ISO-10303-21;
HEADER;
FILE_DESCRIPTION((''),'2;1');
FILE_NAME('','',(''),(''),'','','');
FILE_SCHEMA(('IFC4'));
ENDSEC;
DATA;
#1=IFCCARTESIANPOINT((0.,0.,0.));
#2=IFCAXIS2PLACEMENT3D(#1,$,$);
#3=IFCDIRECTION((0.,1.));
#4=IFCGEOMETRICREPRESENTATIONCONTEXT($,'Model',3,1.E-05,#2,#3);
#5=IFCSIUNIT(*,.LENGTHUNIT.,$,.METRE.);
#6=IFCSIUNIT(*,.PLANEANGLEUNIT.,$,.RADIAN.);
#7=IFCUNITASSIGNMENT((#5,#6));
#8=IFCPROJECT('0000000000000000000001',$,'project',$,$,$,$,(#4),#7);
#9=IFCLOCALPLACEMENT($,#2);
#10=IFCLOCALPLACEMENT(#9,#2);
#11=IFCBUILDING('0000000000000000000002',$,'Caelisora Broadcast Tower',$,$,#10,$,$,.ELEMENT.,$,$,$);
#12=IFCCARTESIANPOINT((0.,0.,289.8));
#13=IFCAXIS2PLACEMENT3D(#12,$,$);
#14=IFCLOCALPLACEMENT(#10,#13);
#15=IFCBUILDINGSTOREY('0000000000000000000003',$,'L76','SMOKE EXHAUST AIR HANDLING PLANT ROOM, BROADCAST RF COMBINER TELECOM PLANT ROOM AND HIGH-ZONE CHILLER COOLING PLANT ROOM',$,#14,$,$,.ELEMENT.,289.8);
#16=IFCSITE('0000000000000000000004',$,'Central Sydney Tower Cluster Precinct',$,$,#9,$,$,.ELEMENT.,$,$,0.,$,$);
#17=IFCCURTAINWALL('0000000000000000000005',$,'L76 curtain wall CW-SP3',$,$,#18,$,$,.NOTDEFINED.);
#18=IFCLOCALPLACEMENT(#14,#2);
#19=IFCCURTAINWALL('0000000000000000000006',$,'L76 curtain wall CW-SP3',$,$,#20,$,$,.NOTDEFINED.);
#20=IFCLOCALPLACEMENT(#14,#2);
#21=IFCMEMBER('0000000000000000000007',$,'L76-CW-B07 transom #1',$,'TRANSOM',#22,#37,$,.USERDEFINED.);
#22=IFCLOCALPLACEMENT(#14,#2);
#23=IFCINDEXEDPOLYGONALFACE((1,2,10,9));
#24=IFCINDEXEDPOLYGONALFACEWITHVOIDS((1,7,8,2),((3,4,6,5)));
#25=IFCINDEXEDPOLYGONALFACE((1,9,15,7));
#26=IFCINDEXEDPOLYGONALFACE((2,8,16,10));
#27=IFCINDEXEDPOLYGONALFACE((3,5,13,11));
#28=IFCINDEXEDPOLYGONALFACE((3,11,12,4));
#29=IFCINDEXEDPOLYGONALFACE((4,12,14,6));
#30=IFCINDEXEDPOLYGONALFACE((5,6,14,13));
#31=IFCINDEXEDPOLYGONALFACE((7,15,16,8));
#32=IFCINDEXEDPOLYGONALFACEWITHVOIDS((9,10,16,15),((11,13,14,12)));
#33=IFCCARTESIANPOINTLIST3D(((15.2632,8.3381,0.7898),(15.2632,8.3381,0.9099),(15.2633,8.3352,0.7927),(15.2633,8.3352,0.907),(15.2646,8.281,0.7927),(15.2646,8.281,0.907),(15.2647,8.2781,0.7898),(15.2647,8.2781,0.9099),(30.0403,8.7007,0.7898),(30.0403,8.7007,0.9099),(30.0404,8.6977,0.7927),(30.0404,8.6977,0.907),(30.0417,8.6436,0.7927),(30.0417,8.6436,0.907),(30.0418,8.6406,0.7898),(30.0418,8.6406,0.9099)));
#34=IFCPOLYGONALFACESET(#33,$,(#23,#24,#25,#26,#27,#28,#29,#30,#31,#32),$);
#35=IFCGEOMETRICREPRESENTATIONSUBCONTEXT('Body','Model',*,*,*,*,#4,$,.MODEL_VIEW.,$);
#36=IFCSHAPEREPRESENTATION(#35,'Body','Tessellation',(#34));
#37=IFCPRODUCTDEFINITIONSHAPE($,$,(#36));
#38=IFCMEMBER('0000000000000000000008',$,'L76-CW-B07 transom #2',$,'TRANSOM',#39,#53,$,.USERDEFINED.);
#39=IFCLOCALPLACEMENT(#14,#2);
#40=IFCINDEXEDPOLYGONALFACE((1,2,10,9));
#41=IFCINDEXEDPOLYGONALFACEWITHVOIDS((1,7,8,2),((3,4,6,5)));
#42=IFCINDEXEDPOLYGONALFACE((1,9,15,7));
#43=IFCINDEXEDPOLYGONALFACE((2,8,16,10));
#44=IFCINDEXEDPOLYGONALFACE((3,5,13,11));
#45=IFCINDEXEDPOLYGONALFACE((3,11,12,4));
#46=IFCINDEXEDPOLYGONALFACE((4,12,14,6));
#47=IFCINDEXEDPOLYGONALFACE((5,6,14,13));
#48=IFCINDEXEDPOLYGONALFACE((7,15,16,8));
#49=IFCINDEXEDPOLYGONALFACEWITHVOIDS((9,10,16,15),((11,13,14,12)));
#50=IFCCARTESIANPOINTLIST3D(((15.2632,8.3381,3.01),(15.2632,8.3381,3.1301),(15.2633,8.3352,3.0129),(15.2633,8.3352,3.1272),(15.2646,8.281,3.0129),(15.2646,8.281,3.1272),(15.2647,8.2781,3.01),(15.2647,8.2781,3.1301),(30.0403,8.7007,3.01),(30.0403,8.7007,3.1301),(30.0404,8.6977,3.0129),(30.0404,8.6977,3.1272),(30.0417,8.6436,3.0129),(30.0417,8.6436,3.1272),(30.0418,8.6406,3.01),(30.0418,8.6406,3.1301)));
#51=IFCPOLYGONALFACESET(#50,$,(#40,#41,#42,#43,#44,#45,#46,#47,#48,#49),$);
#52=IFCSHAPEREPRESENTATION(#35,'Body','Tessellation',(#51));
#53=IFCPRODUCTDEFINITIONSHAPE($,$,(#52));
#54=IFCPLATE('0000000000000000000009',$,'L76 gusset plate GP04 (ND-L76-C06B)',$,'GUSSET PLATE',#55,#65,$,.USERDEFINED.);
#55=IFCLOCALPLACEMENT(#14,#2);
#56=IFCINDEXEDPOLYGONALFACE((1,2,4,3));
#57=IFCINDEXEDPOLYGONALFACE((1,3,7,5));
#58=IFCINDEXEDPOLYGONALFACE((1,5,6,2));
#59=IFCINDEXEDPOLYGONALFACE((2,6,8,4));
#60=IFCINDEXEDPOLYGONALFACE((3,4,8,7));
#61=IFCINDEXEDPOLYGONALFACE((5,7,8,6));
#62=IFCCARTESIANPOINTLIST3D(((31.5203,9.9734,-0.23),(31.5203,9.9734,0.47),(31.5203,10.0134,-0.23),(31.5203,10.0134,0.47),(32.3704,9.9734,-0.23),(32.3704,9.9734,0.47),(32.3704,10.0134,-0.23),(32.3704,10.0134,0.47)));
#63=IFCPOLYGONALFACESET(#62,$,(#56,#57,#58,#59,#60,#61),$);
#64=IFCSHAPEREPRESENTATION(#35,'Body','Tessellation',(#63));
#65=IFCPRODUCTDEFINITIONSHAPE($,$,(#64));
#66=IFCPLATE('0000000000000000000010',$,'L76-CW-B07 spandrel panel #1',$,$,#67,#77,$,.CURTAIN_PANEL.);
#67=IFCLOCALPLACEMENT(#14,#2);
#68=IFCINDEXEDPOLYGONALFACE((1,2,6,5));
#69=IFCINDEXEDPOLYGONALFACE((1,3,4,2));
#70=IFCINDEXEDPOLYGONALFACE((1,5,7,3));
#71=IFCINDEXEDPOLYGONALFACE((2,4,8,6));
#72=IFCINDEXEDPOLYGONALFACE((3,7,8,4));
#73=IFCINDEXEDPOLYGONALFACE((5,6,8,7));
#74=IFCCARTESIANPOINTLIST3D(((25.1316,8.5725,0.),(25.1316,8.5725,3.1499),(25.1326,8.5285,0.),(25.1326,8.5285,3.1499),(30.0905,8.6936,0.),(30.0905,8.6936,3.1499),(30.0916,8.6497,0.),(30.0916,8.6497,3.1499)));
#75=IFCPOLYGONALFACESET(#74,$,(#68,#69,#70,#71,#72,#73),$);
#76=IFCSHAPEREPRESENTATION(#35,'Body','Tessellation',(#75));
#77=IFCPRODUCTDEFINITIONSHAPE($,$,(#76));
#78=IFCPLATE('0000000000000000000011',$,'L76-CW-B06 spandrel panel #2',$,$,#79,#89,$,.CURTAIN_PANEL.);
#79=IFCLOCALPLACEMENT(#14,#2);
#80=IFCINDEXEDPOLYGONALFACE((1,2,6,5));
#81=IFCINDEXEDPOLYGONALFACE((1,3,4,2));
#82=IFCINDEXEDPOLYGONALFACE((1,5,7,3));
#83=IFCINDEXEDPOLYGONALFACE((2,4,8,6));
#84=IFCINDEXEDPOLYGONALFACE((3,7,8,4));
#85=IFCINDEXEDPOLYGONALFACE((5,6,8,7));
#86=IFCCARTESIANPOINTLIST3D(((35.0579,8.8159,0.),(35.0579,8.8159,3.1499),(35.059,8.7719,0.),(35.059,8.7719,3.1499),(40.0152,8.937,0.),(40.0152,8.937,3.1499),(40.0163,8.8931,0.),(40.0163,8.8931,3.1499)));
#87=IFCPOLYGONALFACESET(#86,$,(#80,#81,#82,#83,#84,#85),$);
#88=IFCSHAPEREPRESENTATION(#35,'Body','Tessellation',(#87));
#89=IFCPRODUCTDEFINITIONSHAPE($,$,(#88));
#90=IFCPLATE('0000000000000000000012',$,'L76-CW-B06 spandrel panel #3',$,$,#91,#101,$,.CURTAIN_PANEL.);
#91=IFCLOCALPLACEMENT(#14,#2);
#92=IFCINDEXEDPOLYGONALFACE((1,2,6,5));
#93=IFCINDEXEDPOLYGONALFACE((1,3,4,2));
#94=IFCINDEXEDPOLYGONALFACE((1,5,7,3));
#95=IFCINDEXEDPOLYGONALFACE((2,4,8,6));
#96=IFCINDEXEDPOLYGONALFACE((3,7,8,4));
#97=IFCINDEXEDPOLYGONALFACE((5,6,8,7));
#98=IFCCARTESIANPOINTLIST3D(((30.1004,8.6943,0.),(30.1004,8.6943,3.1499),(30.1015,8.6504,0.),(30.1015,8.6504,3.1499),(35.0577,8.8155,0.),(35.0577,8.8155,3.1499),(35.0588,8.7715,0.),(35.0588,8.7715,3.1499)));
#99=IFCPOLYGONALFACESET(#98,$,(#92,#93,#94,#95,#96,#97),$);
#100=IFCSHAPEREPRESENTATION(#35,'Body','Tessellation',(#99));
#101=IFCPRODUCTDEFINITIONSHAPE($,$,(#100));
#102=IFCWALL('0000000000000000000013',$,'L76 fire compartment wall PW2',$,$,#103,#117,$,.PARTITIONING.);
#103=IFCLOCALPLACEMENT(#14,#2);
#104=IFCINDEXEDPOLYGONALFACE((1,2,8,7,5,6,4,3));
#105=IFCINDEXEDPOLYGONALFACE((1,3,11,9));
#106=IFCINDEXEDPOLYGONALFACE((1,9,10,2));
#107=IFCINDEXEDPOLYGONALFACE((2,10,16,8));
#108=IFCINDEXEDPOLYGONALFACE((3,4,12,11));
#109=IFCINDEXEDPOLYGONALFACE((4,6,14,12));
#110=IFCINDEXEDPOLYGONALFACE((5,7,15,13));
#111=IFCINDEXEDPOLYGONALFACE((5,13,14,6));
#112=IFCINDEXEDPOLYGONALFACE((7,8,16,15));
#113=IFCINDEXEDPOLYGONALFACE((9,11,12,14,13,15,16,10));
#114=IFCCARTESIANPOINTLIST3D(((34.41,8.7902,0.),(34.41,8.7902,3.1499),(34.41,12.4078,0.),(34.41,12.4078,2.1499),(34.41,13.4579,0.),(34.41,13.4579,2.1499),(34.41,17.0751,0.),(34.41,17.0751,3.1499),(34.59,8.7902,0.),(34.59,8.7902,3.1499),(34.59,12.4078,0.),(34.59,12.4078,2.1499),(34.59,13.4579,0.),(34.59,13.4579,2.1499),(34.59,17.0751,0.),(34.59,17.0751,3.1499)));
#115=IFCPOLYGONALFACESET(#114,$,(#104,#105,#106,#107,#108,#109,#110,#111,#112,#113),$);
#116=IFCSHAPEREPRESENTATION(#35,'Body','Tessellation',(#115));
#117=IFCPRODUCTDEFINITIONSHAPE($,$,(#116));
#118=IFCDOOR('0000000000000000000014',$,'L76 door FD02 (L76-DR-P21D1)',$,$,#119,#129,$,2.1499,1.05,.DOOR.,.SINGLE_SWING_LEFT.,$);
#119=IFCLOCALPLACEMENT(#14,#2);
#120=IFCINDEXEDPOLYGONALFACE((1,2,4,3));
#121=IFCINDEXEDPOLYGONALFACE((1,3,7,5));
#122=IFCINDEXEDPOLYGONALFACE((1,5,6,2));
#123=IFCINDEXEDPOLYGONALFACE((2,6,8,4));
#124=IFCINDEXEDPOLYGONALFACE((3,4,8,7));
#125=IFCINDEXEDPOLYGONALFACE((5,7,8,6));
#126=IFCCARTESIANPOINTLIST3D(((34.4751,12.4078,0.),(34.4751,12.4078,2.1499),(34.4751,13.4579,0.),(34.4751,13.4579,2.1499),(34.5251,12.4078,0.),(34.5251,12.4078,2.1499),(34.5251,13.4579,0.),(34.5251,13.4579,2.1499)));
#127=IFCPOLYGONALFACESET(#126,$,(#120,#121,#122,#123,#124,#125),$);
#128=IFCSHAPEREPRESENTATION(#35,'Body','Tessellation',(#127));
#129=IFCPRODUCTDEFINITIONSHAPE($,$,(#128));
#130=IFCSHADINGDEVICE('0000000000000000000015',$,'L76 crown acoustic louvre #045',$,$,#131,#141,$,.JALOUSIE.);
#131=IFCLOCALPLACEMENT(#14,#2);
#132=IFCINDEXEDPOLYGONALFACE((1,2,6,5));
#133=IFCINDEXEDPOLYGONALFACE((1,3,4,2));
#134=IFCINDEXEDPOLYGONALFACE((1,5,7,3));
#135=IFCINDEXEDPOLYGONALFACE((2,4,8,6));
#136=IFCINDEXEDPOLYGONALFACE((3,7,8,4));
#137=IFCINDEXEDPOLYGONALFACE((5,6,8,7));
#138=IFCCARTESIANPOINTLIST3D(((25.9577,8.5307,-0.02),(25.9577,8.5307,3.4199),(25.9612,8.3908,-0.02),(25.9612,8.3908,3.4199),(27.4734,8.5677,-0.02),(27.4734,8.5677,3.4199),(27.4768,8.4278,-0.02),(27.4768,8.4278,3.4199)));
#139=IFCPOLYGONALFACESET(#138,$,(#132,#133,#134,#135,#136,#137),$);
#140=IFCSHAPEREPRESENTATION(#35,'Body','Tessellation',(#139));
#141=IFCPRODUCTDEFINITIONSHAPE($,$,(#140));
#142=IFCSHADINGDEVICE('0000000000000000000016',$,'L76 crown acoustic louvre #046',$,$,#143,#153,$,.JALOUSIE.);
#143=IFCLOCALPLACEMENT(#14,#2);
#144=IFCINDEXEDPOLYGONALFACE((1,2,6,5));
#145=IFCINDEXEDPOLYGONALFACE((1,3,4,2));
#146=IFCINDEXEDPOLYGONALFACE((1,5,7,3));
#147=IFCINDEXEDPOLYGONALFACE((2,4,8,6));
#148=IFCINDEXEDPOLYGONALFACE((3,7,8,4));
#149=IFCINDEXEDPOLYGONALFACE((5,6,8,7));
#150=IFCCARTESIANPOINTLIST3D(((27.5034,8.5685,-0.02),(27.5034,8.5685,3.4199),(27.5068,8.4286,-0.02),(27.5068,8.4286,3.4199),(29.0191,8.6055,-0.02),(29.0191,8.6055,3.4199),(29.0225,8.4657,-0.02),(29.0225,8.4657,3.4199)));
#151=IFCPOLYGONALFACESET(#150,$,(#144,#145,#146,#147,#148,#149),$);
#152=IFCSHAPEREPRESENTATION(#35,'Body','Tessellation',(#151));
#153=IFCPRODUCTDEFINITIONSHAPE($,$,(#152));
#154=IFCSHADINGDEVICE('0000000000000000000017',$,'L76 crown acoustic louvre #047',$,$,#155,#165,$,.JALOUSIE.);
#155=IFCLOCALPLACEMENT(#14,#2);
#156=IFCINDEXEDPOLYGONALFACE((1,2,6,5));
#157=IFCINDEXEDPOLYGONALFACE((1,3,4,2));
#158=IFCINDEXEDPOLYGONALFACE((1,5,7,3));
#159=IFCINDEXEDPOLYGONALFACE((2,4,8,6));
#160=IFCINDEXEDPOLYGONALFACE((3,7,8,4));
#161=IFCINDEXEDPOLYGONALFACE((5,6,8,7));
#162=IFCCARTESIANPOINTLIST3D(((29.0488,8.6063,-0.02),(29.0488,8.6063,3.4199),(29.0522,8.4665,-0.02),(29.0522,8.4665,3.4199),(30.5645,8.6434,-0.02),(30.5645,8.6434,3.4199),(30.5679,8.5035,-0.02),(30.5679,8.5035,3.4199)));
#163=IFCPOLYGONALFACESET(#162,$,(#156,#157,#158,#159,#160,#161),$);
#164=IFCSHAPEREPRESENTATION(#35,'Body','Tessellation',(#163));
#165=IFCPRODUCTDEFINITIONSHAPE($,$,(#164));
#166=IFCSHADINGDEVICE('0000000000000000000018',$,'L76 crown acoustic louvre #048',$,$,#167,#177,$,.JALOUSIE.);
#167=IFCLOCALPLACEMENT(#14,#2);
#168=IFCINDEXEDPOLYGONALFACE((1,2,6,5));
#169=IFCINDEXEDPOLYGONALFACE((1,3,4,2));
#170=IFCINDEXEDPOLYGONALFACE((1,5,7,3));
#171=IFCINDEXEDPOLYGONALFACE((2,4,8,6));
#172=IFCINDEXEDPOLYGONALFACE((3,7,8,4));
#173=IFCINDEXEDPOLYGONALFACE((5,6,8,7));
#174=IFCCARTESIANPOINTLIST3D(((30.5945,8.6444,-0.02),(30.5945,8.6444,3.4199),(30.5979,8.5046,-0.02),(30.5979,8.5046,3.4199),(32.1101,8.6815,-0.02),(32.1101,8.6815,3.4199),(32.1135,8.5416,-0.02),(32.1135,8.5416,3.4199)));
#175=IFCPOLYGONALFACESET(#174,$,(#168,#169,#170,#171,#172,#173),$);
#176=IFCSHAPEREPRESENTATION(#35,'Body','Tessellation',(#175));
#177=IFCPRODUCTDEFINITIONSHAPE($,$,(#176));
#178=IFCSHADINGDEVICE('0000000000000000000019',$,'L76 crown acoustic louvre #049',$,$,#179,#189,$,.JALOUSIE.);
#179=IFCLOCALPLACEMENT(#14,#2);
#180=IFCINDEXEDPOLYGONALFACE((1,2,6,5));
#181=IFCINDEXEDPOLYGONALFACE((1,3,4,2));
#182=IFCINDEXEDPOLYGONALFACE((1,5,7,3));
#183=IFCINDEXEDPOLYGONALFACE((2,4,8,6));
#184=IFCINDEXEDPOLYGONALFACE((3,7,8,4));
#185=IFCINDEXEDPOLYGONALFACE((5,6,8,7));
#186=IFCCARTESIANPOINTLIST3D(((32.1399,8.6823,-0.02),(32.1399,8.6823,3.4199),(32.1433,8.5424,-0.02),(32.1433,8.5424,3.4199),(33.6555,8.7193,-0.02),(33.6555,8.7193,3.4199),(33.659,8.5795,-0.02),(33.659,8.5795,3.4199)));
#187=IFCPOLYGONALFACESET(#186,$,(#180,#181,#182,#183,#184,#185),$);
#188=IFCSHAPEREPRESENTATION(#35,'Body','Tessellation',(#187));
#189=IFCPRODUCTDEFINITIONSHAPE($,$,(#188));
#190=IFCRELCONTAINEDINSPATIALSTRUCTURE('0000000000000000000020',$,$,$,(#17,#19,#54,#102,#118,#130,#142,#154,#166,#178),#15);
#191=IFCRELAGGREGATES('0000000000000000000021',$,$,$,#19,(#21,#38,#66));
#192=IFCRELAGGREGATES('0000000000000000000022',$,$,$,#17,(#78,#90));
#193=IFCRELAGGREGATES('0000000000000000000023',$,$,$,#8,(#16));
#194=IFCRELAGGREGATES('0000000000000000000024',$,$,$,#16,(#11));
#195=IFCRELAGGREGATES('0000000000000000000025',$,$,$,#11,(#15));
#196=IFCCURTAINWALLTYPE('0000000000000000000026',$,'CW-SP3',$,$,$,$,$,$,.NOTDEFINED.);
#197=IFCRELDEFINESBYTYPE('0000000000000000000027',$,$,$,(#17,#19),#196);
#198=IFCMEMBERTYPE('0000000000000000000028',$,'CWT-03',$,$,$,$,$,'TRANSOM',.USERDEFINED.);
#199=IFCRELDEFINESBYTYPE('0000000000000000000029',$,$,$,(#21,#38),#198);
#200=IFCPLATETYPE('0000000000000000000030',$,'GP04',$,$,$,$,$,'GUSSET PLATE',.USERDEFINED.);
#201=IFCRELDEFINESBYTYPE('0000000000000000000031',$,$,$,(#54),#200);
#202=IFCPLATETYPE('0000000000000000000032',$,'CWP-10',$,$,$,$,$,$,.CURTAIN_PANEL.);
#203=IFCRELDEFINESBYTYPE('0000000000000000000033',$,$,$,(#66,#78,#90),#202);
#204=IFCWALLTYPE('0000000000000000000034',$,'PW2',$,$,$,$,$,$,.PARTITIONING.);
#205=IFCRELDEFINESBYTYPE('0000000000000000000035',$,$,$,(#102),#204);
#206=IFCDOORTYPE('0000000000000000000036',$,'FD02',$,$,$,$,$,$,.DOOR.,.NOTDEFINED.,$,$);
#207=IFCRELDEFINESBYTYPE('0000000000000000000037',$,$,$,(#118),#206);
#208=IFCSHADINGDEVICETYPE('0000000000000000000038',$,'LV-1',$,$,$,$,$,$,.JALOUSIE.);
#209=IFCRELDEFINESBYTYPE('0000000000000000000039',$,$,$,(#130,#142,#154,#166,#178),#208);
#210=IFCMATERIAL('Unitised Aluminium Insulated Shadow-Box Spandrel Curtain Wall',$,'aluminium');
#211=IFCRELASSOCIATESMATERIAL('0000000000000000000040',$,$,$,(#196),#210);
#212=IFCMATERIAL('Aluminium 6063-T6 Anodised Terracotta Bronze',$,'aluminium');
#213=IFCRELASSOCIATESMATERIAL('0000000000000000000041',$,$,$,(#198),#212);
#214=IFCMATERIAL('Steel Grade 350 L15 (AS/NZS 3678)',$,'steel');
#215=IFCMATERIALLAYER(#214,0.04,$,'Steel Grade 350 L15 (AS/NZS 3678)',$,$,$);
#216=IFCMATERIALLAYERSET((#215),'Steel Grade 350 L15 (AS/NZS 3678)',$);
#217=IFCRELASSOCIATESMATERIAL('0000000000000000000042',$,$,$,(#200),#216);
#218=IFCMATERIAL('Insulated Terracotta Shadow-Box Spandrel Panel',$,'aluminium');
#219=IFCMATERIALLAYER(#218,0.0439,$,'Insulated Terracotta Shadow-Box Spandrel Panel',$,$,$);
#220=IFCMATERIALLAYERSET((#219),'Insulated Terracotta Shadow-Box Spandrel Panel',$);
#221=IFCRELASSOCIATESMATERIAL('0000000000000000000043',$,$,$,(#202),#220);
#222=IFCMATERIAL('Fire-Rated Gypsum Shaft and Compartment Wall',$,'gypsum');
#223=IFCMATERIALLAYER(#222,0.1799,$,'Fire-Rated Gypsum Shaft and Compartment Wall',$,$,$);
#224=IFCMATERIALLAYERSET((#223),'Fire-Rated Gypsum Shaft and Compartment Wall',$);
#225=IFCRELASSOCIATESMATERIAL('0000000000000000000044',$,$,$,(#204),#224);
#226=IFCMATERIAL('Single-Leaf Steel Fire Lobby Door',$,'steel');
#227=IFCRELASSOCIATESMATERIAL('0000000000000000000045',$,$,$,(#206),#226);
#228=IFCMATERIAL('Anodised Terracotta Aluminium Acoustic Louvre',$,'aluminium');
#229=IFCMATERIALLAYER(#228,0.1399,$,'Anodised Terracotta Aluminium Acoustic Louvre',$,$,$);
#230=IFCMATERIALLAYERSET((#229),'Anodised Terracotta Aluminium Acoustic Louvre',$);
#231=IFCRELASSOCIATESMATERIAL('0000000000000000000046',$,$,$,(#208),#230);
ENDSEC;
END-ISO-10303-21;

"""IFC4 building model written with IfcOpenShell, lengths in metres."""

from ifc_helpers import new_model, si_unit, direction, frame, frame_2d, origin, origin_2d, place, context, subcontext, project, spatial, rectangle, hollow_rectangle, extrude, source, transform, mapped, material, layer, layer_set, material_profile, profile_set, type_object, type_shapes, element, fill, aggregate, save


model = new_model("IFC4")

# Units and contexts
model_context = context("Model", 3, precision=1e-05, world=origin(), true_north=direction((0.0, 1.0)))
body_context = subcontext(model_context, "Body", "Model", "MODEL_VIEW")
ifc_project = project(units=[si_unit("LENGTHUNIT", "METRE"), si_unit("PLANEANGLEUNIT", "RADIAN")], contexts=[model_context])

# Site, building, storey
site_placement = place(None, origin())
site = spatial("IfcSite", under=ifc_project, at=site_placement, Name="Central Sydney Tower Cluster Precinct", CompositionType="ELEMENT", RefElevation=0.0)
building_placement = place(site_placement, origin())
building = spatial("IfcBuilding", under=site, at=building_placement, Name="Caelisora Broadcast Tower", CompositionType="ELEMENT")
storey_placement = place(building_placement, frame((0.0, 0.0, 289.8)))
storey = spatial("IfcBuildingStorey", under=building, at=storey_placement, Name="L76", Description="SMOKE EXHAUST AIR HANDLING PLANT ROOM, BROADCAST RF COMBINER TELECOM PLANT ROOM AND HIGH-ZONE CHILLER COOLING PLANT ROOM", CompositionType="ELEMENT", Elevation=289.8)

# Curtain walls, members
ifc_material_1 = material(Name="Unitised Aluminium Insulated Shadow-Box Spandrel Curtain Wall", Category="aluminium")
curtain_wall_type = type_object("IfcCurtainWallType", Name="CW-SP3", PredefinedType="NOTDEFINED", material=ifc_material_1)
curtain_wall_1_placement = place(storey_placement, origin())
curtain_wall_1 = element("IfcCurtainWall", 1, at=curtain_wall_1_placement, inside=storey, type_object=curtain_wall_type, Name="L76 curtain wall CW-SP3", PredefinedType="NOTDEFINED")
ifc_material_2 = material(Name="Aluminium 6063-T6 Anodised Terracotta Bronze", Category="aluminium")
curtain_wall_2_placement = place(storey_placement, origin())
curtain_wall_2 = element("IfcCurtainWall", 2, at=curtain_wall_2_placement, inside=storey, type_object=curtain_wall_type, Name="L76 curtain wall CW-SP3", PredefinedType="NOTDEFINED")
ifc_material_profile_1 = material_profile(ifc_material_2, hollow_rectangle(XDim=0.0601, YDim=0.1201, WallThickness=0.0029, at=origin_2d()), Name="Aluminium 6063-T6 Anodised Terracotta Bronze")
ifc_profile_set_1 = profile_set([ifc_material_profile_1], Name="Aluminium 6063-T6 Anodised Terracotta Bronze")
member_type_1 = type_object("IfcMemberType", Name="CWT-03", ElementType="TRANSOM", PredefinedType="USERDEFINED", material=ifc_profile_set_1)
shared_shape_1 = source(origin(), body_context, "Body", "SweptSolid", [
    extrude(hollow_rectangle(XDim=0.0601, YDim=0.1201, WallThickness=0.0029, at=origin_2d()), origin(), (0.0, 0.0, 1.0), 14.7815),
])
type_shapes(member_type_1, [shared_shape_1])
member_1_placement = place(storey_placement, frame((30.041, 8.6707, 0.8499), z_axis=(-0.999699, -0.024527, 0.0), x_axis=(0.024527, -0.999699, 0.0)))
member_1 = element("IfcMember", 3, at=member_1_placement, type_object=member_type_1, Name="L76-CW-B07 transom #1", ObjectType="TRANSOM", PredefinedType="USERDEFINED", context=body_context, shape_type="MappedRepresentation", body=[
    mapped(shared_shape_1, transform((0.0, 0.0, 0.0), scale=1.0)),
])
member_2_placement = place(storey_placement, frame((30.041, 8.6707, 3.0701), z_axis=(-0.999699, -0.024527, 0.0), x_axis=(0.024527, -0.999699, 0.0)))
member_2 = element("IfcMember", 4, at=member_2_placement, type_object=member_type_1, Name="L76-CW-B07 transom #2", ObjectType="TRANSOM", PredefinedType="USERDEFINED", context=body_context, shape_type="MappedRepresentation", body=[
    mapped(shared_shape_1, transform((0.0, 0.0, 0.0), scale=1.0)),
])

# Plates
ifc_material_3 = material(Name="Steel Grade 350 L15 (AS/NZS 3678)", Category="steel")
ifc_layer_1 = layer(ifc_material_3, 0.04, Name="Steel Grade 350 L15 (AS/NZS 3678)")
ifc_layer_set_1 = layer_set([ifc_layer_1], Name="Steel Grade 350 L15 (AS/NZS 3678)")
plate_type_1 = type_object("IfcPlateType", Name="GP04", ElementType="GUSSET PLATE", PredefinedType="USERDEFINED", material=ifc_layer_set_1)
shared_shape_2 = source(origin(), body_context, "Body", "SweptSolid", [
    extrude(rectangle(XDim=0.8501, YDim=0.04, at=origin_2d()), origin(), (0.0, 0.0, 1.0), 0.7),
])
type_shapes(plate_type_1, [shared_shape_2])
plate_1_placement = place(storey_placement, frame((31.9453, 9.9934, -0.23), z_axis=(0.0, 0.0, 1.0), x_axis=(1.0, 0.0, 0.0)))
element("IfcPlate", 5, at=plate_1_placement, inside=storey, type_object=plate_type_1, Name="L76 gusset plate GP04 (ND-L76-C06B)", ObjectType="GUSSET PLATE", PredefinedType="USERDEFINED", context=body_context, shape_type="MappedRepresentation", body=[
    mapped(shared_shape_2, transform((0.0, 0.0, 0.0), scale=1.0)),
])
ifc_material_4 = material(Name="Insulated Terracotta Shadow-Box Spandrel Panel", Category="aluminium")
ifc_layer_2 = layer(ifc_material_4, 0.0439, Name="Insulated Terracotta Shadow-Box Spandrel Panel")
ifc_layer_set_2 = layer_set([ifc_layer_2], Name="Insulated Terracotta Shadow-Box Spandrel Panel")
plate_type_2 = type_object("IfcPlateType", Name="CWP-10", PredefinedType="CURTAIN_PANEL", material=ifc_layer_set_2)
shared_shape_3 = source(origin(), body_context, "Body", "SweptSolid", [
    extrude(rectangle(XDim=4.9604, YDim=0.0439, at=origin_2d()), origin(), (0.0, 0.0, 1.0), 3.1499),
])
plate_2_placement = place(storey_placement, frame((27.6116, 8.6111, 0.0), z_axis=(0.0, 0.0, 1.0), x_axis=(-0.999701, -0.024432, 0.0)))
plate_2 = element("IfcPlate", 6, at=plate_2_placement, type_object=plate_type_2, Name="L76-CW-B07 spandrel panel #1", PredefinedType="CURTAIN_PANEL", context=body_context, shape_type="MappedRepresentation", body=[
    mapped(shared_shape_3, transform((0.0, 0.0, 0.0), scale=1.0)),
])
aggregate(curtain_wall_2, [member_1, member_2, plate_2])
shared_shape_4 = source(origin(), body_context, "Body", "SweptSolid", [
    extrude(rectangle(XDim=4.9587, YDim=0.0439, at=origin_2d()), origin(), (0.0, 0.0, 1.0), 3.1499),
])
type_shapes(plate_type_2, [shared_shape_3, shared_shape_4])
plate_3_placement = place(storey_placement, frame((37.5371, 8.8545, 0.0), z_axis=(0.0, 0.0, 1.0), x_axis=(-0.999701, -0.024432, 0.0)))
plate_3 = element("IfcPlate", 7, at=plate_3_placement, type_object=plate_type_2, Name="L76-CW-B06 spandrel panel #2", PredefinedType="CURTAIN_PANEL", context=body_context, shape_type="MappedRepresentation", body=[
    mapped(shared_shape_4, transform((0.0, 0.0, 0.0), scale=1.0)),
])
plate_4_placement = place(storey_placement, frame((32.5796, 8.7329, 0.0), z_axis=(0.0, 0.0, 1.0), x_axis=(-0.999701, -0.024432, 0.0)))
plate_4 = element("IfcPlate", 8, at=plate_4_placement, type_object=plate_type_2, Name="L76-CW-B06 spandrel panel #3", PredefinedType="CURTAIN_PANEL", context=body_context, shape_type="MappedRepresentation", body=[
    mapped(shared_shape_4, transform((0.0, 0.0, 0.0), scale=1.0)),
])
aggregate(curtain_wall_1, [plate_3, plate_4])

# Wall, opening, door
ifc_material_5 = material(Name="Fire-Rated Gypsum Shaft and Compartment Wall", Category="gypsum")
ifc_layer_3 = layer(ifc_material_5, 0.1799, Name="Fire-Rated Gypsum Shaft and Compartment Wall")
ifc_layer_set_3 = layer_set([ifc_layer_3], Name="Fire-Rated Gypsum Shaft and Compartment Wall")
wall_type = type_object("IfcWallType", Name="PW2", PredefinedType="PARTITIONING", material=ifc_layer_set_3)
wall_placement = place(storey_placement, frame((34.5, 8.79, 0.0), z_axis=(0.0, 0.0, 1.0), x_axis=(0.0, 1.0, 0.0)))
wall = element("IfcWall", 9, at=wall_placement, inside=storey, type_object=wall_type, Name="L76 fire compartment wall PW2", PredefinedType="PARTITIONING", context=body_context, shape_type="SweptSolid", body=[
    extrude(rectangle(XDim=8.2849, YDim=0.1799, at=frame_2d((4.1426, 0.0))), origin(), (0.0, 0.0, 1.0), 3.1499),
])
opening_placement = place(wall_placement, frame((3.6179, 0.0, 0.0)))
opening = element("IfcOpeningElement", 10, at=opening_placement, cuts=wall, PredefinedType="OPENING", context=body_context, shape_type="SweptSolid", body=[
    extrude(rectangle(XDim=1.05, YDim=2.1499, at=frame_2d((0.5249, 1.075))), frame((0.0, 0.1021, 0.0), z_axis=(0.0, -1.0, 0.0), x_axis=(1.0, 0.0, 0.0)), (0.0, 0.0, 1.0), 0.2039),
])
ifc_material_6 = material(Name="Single-Leaf Steel Fire Lobby Door", Category="steel")
door_type = type_object("IfcDoorType", Name="FD02", OperationType="NOTDEFINED", PredefinedType="DOOR", material=ifc_material_6)
door_placement = place(opening_placement, origin())
door = element("IfcDoor", 11, at=door_placement, inside=storey, type_object=door_type, Name="L76 door FD02 (L76-DR-P21D1)", OperationType="SINGLE_SWING_LEFT", OverallHeight=2.1499, OverallWidth=1.05, PredefinedType="DOOR", context=body_context, shape_type="SweptSolid", body=[
    extrude(rectangle(XDim=1.05, YDim=2.1499, at=frame_2d((0.5249, 1.075))), frame((0.0, 0.0249, 0.0), z_axis=(0.0, -1.0, 0.0), x_axis=(1.0, 0.0, 0.0)), (0.0, 0.0, 1.0), 0.05),
])
fill(opening, door)

# Shading devices
ifc_material_7 = material(Name="Anodised Terracotta Aluminium Acoustic Louvre", Category="aluminium")
ifc_layer_4 = layer(ifc_material_7, 0.1399, Name="Anodised Terracotta Aluminium Acoustic Louvre")
ifc_layer_set_4 = layer_set([ifc_layer_4], Name="Anodised Terracotta Aluminium Acoustic Louvre")
shading_device_type = type_object("IfcShadingDeviceType", Name="LV-1", PredefinedType="JALOUSIE", material=ifc_layer_set_4)
shared_shape_5 = source(origin(), body_context, "Body", "SweptSolid", [
    extrude(rectangle(XDim=1.5161, YDim=0.1399, at=origin_2d()), origin(), (0.0, 0.0, 1.0), 3.4399),
])
type_shapes(shading_device_type, [shared_shape_5])
for number, where, z_axis, x_axis, name in (
    (12, (26.7173, 8.4792, -0.02), (0.0, 0.0, 1.0), (0.999701, 0.024432, 0.0), "L76 crown acoustic louvre #045"),
    (13, (28.2629, 8.5171, -0.02), (0.0, 0.0, 1.0), (0.999701, 0.024432, 0.0), "L76 crown acoustic louvre #046"),
    (14, (29.8083, 8.5549, -0.02), (0.0, 0.0, 1.0), (0.999701, 0.024432, 0.0), "L76 crown acoustic louvre #047"),
    (15, (31.354, 8.593, -0.02), (0.0, 0.0, 1.0), (0.999701, 0.024432, 0.0), "L76 crown acoustic louvre #048"),
    (16, (32.8994, 8.6309, -0.02), (0.0, 0.0, 1.0), (0.999701, 0.024432, 0.0), "L76 crown acoustic louvre #049"),
):
    element("IfcShadingDevice", number, at=place(storey_placement, frame(where, z_axis=z_axis, x_axis=x_axis)), inside=storey, type_object=shading_device_type, Name=name, PredefinedType="JALOUSIE", context=body_context, shape_type="MappedRepresentation", body=[
        mapped(shared_shape_5, transform((0.0, 0.0, 0.0), scale=1.0)),
    ])

save(model, "model.ifc")
